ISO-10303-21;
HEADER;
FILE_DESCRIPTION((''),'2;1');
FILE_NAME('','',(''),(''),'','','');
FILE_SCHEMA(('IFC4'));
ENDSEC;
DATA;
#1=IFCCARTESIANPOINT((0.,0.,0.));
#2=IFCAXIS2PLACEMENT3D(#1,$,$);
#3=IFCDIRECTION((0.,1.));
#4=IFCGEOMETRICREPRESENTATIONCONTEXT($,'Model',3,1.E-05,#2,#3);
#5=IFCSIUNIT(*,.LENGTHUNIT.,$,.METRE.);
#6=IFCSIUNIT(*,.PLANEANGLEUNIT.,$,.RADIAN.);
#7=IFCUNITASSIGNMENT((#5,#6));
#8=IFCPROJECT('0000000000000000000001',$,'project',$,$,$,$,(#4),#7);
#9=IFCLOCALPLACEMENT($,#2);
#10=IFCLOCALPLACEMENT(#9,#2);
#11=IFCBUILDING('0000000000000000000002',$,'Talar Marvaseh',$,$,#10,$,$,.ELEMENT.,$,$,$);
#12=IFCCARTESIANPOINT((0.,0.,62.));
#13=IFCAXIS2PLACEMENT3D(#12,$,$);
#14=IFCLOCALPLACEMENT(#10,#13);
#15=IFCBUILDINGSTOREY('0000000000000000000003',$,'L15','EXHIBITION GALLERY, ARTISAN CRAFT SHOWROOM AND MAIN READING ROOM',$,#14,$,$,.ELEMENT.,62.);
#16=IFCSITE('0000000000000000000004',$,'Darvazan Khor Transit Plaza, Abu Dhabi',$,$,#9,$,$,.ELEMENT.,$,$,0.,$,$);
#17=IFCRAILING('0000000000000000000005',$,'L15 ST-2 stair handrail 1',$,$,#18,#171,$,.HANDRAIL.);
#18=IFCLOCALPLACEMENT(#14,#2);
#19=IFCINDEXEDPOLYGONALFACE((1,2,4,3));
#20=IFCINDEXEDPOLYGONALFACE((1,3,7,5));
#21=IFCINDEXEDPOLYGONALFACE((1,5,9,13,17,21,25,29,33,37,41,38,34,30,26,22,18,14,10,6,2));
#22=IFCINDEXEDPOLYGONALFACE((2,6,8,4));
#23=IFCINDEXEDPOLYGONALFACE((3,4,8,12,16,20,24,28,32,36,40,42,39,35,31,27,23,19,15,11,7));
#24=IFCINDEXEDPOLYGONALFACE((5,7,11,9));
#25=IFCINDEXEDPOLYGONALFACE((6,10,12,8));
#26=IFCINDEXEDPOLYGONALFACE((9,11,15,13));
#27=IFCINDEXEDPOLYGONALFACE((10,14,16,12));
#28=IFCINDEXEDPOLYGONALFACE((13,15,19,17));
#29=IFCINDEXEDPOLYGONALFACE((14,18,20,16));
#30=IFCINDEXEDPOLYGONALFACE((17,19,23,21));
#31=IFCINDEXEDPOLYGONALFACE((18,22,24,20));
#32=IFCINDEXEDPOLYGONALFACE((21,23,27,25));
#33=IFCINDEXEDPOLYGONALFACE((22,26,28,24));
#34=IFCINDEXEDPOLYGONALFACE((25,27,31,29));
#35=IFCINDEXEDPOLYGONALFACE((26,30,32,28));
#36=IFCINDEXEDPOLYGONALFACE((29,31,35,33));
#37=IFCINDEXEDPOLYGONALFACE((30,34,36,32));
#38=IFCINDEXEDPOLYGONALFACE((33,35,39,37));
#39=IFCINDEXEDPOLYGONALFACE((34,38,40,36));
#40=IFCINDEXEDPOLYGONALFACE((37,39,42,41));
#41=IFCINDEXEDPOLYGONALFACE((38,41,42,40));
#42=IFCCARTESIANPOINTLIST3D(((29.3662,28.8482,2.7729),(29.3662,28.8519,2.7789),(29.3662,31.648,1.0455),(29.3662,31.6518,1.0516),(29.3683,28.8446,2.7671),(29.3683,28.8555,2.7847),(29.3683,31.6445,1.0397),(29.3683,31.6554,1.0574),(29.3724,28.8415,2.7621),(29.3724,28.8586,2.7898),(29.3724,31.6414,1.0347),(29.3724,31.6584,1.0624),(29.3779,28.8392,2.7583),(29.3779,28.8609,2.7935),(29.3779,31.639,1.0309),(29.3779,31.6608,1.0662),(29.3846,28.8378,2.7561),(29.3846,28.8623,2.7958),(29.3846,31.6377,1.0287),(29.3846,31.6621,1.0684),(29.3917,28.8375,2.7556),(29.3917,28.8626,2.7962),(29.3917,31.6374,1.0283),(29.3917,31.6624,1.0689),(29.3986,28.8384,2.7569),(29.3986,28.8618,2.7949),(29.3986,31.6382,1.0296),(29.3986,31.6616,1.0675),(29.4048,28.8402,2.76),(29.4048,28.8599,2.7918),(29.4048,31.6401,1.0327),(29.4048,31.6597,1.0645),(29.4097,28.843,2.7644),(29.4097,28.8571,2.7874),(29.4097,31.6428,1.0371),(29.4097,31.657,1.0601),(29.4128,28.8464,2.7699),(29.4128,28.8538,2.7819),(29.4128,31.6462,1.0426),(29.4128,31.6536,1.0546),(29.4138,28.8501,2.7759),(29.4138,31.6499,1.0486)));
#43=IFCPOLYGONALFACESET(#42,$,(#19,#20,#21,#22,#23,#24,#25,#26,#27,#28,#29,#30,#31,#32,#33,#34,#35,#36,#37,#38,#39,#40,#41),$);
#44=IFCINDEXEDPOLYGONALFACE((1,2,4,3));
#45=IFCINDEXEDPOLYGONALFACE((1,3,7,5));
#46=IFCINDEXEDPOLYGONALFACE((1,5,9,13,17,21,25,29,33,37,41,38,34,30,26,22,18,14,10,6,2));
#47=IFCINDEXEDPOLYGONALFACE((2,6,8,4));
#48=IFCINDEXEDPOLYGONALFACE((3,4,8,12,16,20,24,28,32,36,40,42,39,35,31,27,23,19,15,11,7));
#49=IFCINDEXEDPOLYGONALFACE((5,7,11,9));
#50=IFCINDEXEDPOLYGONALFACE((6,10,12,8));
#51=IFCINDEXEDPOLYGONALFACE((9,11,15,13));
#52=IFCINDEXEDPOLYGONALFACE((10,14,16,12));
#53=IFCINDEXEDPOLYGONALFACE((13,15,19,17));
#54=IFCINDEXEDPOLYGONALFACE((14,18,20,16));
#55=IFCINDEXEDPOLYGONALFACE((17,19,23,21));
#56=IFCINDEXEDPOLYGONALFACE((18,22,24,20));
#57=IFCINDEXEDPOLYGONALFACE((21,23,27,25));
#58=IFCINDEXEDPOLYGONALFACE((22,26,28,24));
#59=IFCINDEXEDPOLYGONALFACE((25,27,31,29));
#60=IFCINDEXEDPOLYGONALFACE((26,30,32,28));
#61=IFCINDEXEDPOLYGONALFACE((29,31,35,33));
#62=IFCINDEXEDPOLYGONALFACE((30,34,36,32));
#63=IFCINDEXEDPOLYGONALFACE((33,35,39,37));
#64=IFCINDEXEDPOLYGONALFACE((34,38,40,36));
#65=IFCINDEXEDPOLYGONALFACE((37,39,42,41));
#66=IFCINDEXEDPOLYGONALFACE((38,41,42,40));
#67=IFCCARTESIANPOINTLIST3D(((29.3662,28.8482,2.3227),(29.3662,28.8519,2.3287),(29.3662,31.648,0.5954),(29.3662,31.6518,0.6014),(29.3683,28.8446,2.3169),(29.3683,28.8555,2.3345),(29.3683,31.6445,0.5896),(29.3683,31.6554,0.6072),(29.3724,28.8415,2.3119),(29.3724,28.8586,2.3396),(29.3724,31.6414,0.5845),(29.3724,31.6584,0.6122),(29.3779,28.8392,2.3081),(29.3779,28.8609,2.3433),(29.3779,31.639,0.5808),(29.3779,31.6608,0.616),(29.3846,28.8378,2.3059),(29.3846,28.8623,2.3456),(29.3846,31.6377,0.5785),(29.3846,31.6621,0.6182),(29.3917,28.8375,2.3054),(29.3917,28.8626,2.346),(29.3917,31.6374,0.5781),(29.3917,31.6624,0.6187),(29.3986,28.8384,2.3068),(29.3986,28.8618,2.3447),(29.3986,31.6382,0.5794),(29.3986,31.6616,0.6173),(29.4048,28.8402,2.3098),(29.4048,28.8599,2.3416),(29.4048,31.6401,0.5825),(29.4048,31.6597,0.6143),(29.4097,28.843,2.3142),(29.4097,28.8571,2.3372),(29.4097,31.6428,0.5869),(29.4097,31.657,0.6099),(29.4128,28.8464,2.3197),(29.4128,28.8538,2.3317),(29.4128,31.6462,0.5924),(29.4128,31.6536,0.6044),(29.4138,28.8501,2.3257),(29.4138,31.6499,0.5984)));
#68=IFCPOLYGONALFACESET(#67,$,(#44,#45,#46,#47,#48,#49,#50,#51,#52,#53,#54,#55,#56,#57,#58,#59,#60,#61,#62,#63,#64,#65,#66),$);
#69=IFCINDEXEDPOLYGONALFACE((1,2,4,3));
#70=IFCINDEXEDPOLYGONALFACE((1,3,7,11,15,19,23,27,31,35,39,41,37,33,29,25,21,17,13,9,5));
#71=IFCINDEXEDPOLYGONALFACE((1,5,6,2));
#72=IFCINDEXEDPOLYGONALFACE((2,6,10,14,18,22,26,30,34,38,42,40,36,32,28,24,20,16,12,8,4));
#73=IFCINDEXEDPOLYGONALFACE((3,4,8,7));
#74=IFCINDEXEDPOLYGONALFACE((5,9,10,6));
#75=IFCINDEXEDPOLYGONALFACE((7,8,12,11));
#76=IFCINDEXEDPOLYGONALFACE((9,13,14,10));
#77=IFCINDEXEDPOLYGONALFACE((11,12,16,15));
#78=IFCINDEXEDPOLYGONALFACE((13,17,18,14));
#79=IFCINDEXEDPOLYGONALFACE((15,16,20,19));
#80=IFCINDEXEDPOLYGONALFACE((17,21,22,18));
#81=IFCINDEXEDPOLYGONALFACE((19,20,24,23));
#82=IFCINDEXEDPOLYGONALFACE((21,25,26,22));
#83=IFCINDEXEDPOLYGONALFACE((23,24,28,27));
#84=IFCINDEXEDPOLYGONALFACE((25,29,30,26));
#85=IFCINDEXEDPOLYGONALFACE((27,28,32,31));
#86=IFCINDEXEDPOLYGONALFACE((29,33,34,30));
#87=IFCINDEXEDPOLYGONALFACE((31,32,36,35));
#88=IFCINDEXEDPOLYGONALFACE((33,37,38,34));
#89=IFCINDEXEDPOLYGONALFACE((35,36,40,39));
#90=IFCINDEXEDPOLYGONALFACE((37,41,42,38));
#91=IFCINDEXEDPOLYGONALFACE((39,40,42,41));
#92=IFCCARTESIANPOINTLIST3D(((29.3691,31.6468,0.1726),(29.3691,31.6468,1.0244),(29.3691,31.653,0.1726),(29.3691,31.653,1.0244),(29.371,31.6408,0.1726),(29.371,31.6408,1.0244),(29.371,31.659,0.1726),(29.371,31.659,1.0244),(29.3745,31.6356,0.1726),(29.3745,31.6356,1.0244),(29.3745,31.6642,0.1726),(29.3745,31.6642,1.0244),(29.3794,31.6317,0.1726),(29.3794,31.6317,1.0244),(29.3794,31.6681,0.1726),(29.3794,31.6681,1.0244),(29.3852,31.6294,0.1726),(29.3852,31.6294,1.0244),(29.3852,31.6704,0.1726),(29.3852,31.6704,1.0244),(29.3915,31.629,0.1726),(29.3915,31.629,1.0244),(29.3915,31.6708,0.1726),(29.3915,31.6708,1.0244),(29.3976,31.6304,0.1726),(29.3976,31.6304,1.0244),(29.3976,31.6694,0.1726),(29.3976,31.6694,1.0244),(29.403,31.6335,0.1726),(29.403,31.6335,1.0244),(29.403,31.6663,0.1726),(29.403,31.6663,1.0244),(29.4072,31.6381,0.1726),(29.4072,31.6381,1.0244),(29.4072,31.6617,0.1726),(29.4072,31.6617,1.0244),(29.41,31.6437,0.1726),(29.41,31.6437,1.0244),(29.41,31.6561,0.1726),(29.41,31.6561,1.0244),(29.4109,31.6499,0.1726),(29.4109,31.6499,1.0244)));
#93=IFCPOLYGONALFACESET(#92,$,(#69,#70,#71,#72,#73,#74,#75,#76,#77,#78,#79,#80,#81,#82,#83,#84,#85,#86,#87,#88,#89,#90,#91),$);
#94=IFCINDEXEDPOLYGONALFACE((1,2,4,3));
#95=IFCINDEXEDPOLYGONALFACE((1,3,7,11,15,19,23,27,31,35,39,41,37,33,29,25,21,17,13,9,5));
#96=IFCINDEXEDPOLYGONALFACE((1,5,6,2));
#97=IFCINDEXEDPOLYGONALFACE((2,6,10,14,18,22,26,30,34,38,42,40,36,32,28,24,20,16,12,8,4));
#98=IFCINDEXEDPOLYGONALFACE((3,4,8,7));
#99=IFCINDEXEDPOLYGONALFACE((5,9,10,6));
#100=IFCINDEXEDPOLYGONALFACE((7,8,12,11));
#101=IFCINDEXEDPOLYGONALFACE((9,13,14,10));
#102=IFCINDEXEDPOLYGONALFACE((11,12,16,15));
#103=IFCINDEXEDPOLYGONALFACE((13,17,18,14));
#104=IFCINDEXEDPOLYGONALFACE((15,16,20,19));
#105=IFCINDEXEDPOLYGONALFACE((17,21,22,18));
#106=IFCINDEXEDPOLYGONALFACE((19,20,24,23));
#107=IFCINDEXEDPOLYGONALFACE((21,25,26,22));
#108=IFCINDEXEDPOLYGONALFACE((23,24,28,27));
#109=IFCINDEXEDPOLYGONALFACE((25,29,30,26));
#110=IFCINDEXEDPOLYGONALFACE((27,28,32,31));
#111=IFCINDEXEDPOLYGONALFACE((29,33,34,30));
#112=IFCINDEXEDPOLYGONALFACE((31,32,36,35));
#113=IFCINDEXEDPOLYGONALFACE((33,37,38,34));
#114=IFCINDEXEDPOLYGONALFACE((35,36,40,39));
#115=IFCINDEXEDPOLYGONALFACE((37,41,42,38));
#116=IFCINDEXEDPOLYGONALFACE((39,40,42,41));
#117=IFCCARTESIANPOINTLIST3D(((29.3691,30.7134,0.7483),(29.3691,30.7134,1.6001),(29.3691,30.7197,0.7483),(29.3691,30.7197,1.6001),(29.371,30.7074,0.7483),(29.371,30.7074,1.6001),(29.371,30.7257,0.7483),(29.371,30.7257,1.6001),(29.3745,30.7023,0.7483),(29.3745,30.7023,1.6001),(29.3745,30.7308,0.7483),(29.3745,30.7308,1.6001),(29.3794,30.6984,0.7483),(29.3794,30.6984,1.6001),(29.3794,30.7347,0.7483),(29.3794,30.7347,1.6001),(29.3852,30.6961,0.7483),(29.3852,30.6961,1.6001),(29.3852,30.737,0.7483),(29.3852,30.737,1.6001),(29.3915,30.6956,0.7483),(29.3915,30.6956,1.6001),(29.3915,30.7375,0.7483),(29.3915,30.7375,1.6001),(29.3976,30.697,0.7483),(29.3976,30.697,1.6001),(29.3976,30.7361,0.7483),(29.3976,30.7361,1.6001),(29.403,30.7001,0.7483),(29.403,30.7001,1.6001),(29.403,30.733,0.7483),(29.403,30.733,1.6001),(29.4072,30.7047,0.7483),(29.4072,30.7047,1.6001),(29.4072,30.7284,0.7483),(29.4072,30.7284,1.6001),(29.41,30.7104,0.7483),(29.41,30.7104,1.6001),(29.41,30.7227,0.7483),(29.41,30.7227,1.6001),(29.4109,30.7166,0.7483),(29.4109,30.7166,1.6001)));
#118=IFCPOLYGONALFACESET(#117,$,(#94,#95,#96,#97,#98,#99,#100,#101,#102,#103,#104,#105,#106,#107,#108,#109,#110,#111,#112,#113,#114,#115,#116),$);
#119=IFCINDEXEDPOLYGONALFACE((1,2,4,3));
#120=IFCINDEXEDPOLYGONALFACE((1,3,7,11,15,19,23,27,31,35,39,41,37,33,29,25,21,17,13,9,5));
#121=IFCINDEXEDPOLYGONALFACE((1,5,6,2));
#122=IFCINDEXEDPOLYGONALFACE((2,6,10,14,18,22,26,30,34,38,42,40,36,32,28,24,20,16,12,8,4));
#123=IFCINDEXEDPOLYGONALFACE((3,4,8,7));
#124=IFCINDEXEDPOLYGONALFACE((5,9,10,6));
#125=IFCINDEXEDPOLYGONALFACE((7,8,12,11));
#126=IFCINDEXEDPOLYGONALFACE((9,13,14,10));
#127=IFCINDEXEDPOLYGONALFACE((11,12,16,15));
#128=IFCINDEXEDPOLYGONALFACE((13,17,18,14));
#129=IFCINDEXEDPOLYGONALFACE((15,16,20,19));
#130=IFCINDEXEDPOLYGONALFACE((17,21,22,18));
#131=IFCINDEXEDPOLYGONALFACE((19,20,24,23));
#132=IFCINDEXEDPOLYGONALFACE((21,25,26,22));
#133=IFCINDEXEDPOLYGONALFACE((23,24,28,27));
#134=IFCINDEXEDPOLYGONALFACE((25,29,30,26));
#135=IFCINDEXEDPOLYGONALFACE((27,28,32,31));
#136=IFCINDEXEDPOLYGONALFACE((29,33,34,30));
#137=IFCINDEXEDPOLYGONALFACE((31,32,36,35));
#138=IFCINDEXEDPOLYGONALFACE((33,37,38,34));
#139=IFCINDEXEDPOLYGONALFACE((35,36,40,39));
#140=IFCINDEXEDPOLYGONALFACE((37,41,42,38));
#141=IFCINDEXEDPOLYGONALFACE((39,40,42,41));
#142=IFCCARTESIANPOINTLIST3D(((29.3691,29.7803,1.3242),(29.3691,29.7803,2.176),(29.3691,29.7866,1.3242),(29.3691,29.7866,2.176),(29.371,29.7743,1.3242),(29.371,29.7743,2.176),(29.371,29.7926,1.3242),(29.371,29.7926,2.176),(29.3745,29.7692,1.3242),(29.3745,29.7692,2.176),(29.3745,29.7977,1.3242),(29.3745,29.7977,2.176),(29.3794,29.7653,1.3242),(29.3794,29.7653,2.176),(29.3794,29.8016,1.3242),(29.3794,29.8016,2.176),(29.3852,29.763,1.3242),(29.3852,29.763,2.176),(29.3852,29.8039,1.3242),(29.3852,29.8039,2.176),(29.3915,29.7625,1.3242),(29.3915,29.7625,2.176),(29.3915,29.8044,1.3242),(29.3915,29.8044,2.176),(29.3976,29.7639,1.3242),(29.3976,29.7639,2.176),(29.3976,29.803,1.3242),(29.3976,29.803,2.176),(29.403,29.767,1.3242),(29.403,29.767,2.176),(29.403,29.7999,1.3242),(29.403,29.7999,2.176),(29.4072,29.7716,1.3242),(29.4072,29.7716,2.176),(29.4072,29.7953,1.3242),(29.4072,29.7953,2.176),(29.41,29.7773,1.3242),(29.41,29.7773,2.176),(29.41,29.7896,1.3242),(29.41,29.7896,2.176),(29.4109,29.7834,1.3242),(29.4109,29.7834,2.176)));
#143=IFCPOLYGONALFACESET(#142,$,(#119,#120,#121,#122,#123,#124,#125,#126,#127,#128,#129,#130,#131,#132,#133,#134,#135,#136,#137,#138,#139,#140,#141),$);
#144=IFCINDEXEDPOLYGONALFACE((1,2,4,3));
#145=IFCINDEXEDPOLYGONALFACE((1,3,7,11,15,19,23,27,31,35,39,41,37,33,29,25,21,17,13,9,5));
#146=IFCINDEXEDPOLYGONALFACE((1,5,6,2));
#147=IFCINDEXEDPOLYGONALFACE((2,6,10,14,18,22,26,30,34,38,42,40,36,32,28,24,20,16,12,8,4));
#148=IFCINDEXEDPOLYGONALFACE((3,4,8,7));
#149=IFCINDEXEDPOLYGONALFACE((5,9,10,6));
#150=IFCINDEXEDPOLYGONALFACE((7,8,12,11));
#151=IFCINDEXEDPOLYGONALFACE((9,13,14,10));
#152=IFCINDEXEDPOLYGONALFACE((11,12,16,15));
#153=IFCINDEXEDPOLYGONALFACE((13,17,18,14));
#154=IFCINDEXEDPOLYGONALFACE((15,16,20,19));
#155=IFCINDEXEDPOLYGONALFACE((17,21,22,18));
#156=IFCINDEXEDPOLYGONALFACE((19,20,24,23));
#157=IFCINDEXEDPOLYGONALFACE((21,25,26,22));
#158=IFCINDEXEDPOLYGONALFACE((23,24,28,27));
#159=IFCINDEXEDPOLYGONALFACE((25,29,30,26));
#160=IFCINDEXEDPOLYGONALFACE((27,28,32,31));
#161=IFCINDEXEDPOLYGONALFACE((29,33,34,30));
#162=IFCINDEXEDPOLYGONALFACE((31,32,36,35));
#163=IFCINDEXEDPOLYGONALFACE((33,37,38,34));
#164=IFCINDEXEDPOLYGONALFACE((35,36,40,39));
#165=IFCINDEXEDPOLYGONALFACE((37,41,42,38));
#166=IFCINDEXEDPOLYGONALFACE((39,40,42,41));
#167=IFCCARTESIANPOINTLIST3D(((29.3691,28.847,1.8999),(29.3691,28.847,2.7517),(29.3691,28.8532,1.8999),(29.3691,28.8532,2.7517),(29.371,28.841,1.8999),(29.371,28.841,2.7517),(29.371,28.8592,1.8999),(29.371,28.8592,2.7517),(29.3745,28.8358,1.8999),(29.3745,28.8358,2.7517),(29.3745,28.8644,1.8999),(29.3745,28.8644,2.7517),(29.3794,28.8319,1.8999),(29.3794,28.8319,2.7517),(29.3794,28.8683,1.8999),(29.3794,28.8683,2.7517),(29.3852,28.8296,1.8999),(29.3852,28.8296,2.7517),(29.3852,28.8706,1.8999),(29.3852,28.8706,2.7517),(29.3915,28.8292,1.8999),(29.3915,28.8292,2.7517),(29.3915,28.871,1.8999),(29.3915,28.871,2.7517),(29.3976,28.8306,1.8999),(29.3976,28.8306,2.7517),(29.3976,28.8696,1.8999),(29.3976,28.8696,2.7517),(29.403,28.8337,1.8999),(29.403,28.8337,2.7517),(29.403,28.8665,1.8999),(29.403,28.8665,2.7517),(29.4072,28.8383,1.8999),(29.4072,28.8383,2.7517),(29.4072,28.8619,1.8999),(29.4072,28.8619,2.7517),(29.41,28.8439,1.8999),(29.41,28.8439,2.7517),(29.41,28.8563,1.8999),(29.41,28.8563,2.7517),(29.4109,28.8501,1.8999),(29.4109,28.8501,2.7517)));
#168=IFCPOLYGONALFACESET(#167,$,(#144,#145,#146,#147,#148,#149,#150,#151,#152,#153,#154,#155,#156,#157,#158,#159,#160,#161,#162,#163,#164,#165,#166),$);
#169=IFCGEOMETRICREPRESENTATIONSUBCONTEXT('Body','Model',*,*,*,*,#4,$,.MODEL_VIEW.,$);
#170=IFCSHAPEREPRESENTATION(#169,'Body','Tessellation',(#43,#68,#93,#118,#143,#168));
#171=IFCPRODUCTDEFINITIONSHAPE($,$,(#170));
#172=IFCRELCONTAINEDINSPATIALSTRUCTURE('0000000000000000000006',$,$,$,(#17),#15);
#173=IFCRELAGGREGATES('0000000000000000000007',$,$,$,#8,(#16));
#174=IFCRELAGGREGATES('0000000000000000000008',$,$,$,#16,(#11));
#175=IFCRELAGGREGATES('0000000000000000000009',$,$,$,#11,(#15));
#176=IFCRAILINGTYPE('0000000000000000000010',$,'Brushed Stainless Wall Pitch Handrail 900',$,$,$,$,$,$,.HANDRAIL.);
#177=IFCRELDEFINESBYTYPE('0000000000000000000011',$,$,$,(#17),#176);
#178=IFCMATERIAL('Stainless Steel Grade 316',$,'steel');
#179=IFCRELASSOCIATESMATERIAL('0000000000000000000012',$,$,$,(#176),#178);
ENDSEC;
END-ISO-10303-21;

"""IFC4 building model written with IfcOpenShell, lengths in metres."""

from ifc_helpers import new_model, si_unit, direction, frame, origin, origin_2d, place, context, subcontext, project, spatial, circle, extrude, material, type_object, element, save


model = new_model("IFC4")

# Units and contexts
model_context = context("Model", 3, precision=1e-05, world=origin(), true_north=direction((0.0, 1.0)))
body_context = subcontext(model_context, "Body", "Model", "MODEL_VIEW")
ifc_project = project(units=[si_unit("LENGTHUNIT", "METRE"), si_unit("PLANEANGLEUNIT", "RADIAN")], contexts=[model_context])

# Site, building, storey
site_placement = place(None, origin())
site = spatial("IfcSite", under=ifc_project, at=site_placement, Name="Darvazan Khor Transit Plaza, Abu Dhabi", CompositionType="ELEMENT", RefElevation=0.0)
building_placement = place(site_placement, origin())
building = spatial("IfcBuilding", under=site, at=building_placement, Name="Talar Marvaseh", CompositionType="ELEMENT")
storey_placement = place(building_placement, frame((0.0, 0.0, 62.0)))
storey = spatial("IfcBuildingStorey", under=building, at=storey_placement, Name="L15", Description="EXHIBITION GALLERY, ARTISAN CRAFT SHOWROOM AND MAIN READING ROOM", CompositionType="ELEMENT", Elevation=62.0)

# Railing
ifc_material_1 = material(Name="Stainless Steel Grade 316", Category="steel")
railing_type_1 = type_object("IfcRailingType", Name="Brushed Stainless Wall Pitch Handrail 900", PredefinedType="HANDRAIL", material=ifc_material_1)
railing_1_placement = place(storey_placement, frame((29.3899, 31.6499, 0.1726)))
element("IfcRailing", 1, at=railing_1_placement, inside=storey, type_object=railing_type_1, Name="L15 ST-2 stair handrail 1", PredefinedType="HANDRAIL", context=body_context, shape_type="SweptSolid", body=[
    extrude(circle(Radius=0.0239, at=origin_2d()), frame((0.0, 0.0, 0.876), z_axis=(0.0, -0.851069, 0.525054), x_axis=(1.0, 0.0, 0.0)), (0.0, 0.0, 1.0), 3.2898),
    extrude(circle(Radius=0.0239, at=origin_2d()), frame((0.0, 0.0, 0.4258), z_axis=(0.0, -0.851069, 0.525054), x_axis=(1.0, 0.0, 0.0)), (0.0, 0.0, 1.0), 3.2898),
    extrude(circle(Radius=0.021, at=origin_2d()), origin(), (0.0, 0.0, 1.0), 0.8518),
    extrude(circle(Radius=0.021, at=origin_2d()), frame((0.0, -0.9333, 0.5757)), (0.0, 0.0, 1.0), 0.8518),
    extrude(circle(Radius=0.021, at=origin_2d()), frame((0.0, -1.8665, 1.1516)), (0.0, 0.0, 1.0), 0.8518),
    extrude(circle(Radius=0.021, at=origin_2d()), frame((0.0, -2.7998, 1.7273)), (0.0, 0.0, 1.0), 0.8518),
])

save(model, "model.ifc")
